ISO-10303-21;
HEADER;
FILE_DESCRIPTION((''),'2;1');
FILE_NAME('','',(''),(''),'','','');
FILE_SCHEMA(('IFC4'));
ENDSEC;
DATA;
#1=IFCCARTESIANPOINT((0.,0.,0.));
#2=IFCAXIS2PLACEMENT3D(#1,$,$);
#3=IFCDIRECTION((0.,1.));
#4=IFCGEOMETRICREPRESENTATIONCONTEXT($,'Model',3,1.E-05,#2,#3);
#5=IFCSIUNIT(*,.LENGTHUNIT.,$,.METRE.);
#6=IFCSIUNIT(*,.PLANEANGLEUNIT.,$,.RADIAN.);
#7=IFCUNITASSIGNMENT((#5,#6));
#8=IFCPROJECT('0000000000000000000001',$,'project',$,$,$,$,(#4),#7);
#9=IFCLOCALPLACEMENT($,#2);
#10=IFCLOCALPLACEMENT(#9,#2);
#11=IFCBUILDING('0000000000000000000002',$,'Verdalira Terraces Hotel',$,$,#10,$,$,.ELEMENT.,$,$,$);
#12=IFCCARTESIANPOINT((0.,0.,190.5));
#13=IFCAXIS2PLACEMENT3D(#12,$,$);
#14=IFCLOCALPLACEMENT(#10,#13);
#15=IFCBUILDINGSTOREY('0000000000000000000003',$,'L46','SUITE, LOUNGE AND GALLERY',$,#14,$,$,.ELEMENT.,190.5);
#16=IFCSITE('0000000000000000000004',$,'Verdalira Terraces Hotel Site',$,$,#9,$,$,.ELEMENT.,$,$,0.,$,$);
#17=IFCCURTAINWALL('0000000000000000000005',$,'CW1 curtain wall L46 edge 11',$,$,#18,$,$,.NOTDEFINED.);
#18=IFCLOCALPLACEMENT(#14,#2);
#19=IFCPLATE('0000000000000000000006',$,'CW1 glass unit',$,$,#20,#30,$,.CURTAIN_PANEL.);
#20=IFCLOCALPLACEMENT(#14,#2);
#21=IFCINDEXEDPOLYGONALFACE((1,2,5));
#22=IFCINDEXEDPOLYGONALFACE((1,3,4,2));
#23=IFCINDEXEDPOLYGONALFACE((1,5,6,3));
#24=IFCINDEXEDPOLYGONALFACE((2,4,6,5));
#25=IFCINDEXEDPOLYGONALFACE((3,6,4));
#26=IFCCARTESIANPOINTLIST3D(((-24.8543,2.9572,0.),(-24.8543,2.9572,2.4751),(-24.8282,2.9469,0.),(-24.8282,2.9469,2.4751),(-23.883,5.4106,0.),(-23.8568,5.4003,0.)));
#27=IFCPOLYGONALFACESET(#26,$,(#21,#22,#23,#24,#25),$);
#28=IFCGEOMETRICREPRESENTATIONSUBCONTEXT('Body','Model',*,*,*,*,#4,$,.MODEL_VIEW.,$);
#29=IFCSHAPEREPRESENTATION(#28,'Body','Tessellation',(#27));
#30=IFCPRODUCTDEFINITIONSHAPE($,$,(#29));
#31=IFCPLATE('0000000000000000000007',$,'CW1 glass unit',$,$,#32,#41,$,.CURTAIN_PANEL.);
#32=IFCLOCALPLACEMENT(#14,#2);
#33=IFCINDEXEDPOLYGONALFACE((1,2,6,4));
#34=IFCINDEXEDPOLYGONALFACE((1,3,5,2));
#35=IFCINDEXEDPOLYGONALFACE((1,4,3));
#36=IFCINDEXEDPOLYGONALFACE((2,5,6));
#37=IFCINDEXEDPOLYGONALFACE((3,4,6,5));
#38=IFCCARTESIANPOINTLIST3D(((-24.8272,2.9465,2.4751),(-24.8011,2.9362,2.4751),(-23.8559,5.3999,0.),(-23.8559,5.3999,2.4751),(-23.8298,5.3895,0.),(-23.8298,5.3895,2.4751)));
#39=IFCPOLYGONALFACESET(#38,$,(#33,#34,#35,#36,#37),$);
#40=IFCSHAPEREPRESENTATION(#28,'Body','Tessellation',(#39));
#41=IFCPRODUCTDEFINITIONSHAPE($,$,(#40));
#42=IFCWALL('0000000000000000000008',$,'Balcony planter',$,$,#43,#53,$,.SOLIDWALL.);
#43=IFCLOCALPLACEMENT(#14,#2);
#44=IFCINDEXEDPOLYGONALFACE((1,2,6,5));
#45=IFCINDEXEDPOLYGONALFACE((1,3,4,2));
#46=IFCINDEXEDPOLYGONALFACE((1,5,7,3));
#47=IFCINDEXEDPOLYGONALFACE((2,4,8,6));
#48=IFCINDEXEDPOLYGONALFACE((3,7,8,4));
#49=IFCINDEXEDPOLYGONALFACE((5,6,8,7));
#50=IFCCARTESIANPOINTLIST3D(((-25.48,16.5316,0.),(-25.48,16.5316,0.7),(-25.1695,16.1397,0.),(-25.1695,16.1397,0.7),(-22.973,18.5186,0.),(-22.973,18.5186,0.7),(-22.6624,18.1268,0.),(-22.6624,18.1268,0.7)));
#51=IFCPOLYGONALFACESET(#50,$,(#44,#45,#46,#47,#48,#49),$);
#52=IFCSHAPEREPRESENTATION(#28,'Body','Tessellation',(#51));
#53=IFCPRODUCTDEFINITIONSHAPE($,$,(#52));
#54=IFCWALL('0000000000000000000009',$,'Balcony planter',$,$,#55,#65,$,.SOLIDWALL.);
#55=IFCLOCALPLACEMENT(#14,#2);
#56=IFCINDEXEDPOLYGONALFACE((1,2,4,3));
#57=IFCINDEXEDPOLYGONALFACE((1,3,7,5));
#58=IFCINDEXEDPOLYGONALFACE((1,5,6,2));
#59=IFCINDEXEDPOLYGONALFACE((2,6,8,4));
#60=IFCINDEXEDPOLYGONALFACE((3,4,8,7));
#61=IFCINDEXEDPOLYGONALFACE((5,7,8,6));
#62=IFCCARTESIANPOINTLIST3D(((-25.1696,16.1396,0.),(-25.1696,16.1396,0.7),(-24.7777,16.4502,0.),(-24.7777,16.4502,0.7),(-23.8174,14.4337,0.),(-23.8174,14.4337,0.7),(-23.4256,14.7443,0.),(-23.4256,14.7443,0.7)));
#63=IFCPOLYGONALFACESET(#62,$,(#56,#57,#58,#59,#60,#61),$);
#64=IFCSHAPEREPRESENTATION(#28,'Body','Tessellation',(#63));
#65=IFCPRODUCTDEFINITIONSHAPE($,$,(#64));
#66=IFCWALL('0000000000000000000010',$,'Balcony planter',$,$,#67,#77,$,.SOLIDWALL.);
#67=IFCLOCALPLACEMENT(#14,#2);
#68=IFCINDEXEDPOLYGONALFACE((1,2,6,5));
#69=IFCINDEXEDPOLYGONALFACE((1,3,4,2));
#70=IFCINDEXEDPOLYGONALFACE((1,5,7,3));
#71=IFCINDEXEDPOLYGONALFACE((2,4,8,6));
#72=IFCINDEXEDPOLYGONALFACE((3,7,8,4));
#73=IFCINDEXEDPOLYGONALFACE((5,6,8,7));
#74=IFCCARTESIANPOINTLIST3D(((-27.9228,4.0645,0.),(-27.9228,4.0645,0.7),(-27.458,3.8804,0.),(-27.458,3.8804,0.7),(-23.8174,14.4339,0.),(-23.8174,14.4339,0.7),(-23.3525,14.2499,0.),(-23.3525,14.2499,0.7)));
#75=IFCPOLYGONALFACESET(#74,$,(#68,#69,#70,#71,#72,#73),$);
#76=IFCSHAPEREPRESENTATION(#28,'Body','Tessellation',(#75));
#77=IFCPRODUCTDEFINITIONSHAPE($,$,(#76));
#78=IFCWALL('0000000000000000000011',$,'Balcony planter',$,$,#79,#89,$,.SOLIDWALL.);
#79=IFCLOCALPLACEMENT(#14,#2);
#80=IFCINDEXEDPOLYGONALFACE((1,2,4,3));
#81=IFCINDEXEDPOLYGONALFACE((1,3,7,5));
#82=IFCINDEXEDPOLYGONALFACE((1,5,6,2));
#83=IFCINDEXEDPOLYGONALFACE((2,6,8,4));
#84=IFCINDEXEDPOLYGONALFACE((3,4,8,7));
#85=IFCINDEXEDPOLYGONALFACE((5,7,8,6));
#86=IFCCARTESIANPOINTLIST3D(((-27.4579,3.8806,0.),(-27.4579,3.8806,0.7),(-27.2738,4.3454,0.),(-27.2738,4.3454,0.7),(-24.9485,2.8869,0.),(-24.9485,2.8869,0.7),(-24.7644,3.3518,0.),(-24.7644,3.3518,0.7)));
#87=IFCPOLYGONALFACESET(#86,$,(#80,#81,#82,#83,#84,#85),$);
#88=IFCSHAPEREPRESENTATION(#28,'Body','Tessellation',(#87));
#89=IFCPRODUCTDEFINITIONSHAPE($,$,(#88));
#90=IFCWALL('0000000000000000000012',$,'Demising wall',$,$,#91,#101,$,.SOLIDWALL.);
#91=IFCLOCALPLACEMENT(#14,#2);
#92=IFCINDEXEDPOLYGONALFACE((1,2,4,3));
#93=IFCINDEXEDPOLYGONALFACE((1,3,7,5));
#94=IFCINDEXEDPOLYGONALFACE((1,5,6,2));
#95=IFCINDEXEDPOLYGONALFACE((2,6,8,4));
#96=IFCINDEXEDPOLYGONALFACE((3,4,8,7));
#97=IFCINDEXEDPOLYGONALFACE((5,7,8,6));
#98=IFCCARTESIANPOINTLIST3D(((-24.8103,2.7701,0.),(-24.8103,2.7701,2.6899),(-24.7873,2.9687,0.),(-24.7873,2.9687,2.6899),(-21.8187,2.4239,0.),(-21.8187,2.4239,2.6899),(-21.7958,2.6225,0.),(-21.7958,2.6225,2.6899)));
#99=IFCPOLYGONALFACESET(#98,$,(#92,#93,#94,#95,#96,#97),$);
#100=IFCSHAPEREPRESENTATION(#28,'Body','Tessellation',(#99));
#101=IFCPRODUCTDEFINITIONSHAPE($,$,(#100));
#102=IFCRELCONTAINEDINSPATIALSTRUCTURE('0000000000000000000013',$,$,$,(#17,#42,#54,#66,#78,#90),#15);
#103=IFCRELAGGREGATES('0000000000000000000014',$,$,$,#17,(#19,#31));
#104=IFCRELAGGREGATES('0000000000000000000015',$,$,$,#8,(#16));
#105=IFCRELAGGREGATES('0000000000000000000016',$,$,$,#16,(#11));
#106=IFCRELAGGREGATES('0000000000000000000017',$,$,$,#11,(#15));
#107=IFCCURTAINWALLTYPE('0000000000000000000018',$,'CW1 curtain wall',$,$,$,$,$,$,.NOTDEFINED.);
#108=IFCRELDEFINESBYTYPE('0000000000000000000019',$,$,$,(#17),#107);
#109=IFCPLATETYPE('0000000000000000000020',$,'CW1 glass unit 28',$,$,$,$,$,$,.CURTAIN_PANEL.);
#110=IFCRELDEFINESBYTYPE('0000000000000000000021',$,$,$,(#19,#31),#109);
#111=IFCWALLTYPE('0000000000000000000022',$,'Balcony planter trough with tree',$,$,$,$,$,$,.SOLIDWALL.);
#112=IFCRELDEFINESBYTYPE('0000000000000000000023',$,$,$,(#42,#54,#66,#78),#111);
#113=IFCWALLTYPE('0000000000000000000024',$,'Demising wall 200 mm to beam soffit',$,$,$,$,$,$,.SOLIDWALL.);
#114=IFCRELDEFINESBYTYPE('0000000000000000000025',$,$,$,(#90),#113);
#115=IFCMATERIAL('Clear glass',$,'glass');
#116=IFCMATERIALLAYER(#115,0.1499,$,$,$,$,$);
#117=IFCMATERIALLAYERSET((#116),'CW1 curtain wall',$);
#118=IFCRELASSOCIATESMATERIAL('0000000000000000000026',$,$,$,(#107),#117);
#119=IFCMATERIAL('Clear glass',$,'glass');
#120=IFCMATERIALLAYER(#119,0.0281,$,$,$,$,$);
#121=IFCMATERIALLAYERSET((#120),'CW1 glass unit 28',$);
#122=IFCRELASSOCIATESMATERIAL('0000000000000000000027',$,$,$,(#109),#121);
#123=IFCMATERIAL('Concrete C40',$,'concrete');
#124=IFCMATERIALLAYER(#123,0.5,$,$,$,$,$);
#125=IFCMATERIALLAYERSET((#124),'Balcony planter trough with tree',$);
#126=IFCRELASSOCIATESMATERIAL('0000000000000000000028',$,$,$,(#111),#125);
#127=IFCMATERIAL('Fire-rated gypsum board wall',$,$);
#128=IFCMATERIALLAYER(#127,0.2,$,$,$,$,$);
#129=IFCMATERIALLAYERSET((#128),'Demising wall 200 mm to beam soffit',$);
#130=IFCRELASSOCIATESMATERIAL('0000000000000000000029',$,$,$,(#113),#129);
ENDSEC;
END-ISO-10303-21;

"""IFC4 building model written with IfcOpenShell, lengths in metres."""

from ifc_helpers import new_model, si_unit, direction, frame, frame_2d, origin, place, context, subcontext, project, spatial, polyline, rectangle, outline, extrude, material, layer, layer_set, type_object, element, aggregate, save


model = new_model("IFC4")

# Units and contexts
model_context = context("Model", 3, precision=1e-05, world=origin(), true_north=direction((0.0, 1.0)))
body_context = subcontext(model_context, "Body", "Model", "MODEL_VIEW")
ifc_project = project(units=[si_unit("LENGTHUNIT", "METRE"), si_unit("PLANEANGLEUNIT", "RADIAN")], contexts=[model_context])

# Site, building, storey
site_placement = place(None, origin())
site = spatial("IfcSite", under=ifc_project, at=site_placement, Name="Verdalira Terraces Hotel Site", CompositionType="ELEMENT", RefElevation=0.0)
building_placement = place(site_placement, origin())
building = spatial("IfcBuilding", under=site, at=building_placement, Name="Verdalira Terraces Hotel", CompositionType="ELEMENT")
storey_placement = place(building_placement, frame((0.0, 0.0, 190.5)))
storey = spatial("IfcBuildingStorey", under=building, at=storey_placement, Name="L46", Description="SUITE, LOUNGE AND GALLERY", CompositionType="ELEMENT", Elevation=190.5)

# Curtain wall
ifc_material_1 = material(Name="Clear glass", Category="glass")
ifc_layer_1 = layer(ifc_material_1, 0.1499)
ifc_layer_set_1 = layer_set([ifc_layer_1], Name="CW1 curtain wall")
curtain_wall_type = type_object("IfcCurtainWallType", Name="CW1 curtain wall", PredefinedType="NOTDEFINED", material=ifc_layer_set_1)
curtain_wall_1_placement = place(storey_placement, origin())
curtain_wall_1 = element("IfcCurtainWall", 1, at=curtain_wall_1_placement, inside=storey, type_object=curtain_wall_type, Name="CW1 curtain wall L46 edge 11", PredefinedType="NOTDEFINED")

# Plates
ifc_material_2 = material(Name="Clear glass", Category="glass")
ifc_layer_2 = layer(ifc_material_2, 0.0281)
ifc_layer_set_2 = layer_set([ifc_layer_2], Name="CW1 glass unit 28")
plate_type = type_object("IfcPlateType", Name="CW1 glass unit 28", PredefinedType="CURTAIN_PANEL", material=ifc_layer_set_2)
plate_1_placement = place(storey_placement, frame((-24.3425, 4.1736, 1.2375), z_axis=(-0.929776, 0.368125, 0.0), x_axis=(-0.368125, -0.929776, 0.0)))
plate_1 = element("IfcPlate", 2, at=plate_1_placement, type_object=plate_type, Name="CW1 glass unit", PredefinedType="CURTAIN_PANEL", context=body_context, shape_type="SweptSolid", body=[
    extrude(outline(polyline([(-1.3193, -1.2375), (1.3193, -1.2375), (1.3193, 1.2375), (-1.3193, -1.2375)])), origin(), (0.0, 0.0, 1.0), 0.0281),
])
plate_2_placement = place(storey_placement, frame((-24.3154, 4.1628, 1.2375), z_axis=(-0.929776, 0.368125, 0.0), x_axis=(-0.368125, -0.929776, 0.0)))
plate_2 = element("IfcPlate", 3, at=plate_2_placement, type_object=plate_type, Name="CW1 glass unit", PredefinedType="CURTAIN_PANEL", context=body_context, shape_type="SweptSolid", body=[
    extrude(outline(polyline([(-1.3193, -1.2375), (1.3193, 1.2375), (-1.3193, 1.2375), (-1.3193, -1.2375)])), origin(), (0.0, 0.0, 1.0), 0.0281),
])
aggregate(curtain_wall_1, [plate_1, plate_2])

# Walls
ifc_material_3 = material(Name="Concrete C40", Category="concrete")
ifc_layer_3 = layer(ifc_material_3, 0.5)
ifc_layer_set_3 = layer_set([ifc_layer_3], Name="Balcony planter trough with tree")
wall_type_1 = type_object("IfcWallType", Name="Balcony planter trough with tree", PredefinedType="SOLIDWALL", material=ifc_layer_set_3)
wall_1_placement = place(storey_placement, frame((-22.8176, 18.3228, 0.0), z_axis=(0.0, 0.0, 1.0), x_axis=(-0.783698, -0.621143, 0.0)))
element("IfcWall", 4, at=wall_1_placement, inside=storey, type_object=wall_type_1, Name="Balcony planter", PredefinedType="SOLIDWALL", context=body_context, shape_type="SweptSolid", body=[
    extrude(rectangle(XDim=3.199, YDim=0.5, at=frame_2d((1.5996, 0.0))), origin(), (0.0, 0.0, 1.0), 0.7),
])
wall_2_placement = place(storey_placement, frame((-24.9736, 16.2949, 0.0), z_axis=(0.0, 0.0, 1.0), x_axis=(0.62116, -0.783684, 0.0)))
element("IfcWall", 5, at=wall_2_placement, inside=storey, type_object=wall_type_1, Name="Balcony planter", PredefinedType="SOLIDWALL", context=body_context, shape_type="SweptSolid", body=[
    extrude(rectangle(XDim=2.1768, YDim=0.5, at=frame_2d((1.0884, 0.0))), origin(), (0.0, 0.0, 1.0), 0.7),
])
wall_3_placement = place(storey_placement, frame((-23.585, 14.3418, 0.0), z_axis=(0.0, 0.0, 1.0), x_axis=(-0.36812, -0.929778, 0.0)))
element("IfcWall", 6, at=wall_3_placement, inside=storey, type_object=wall_type_1, Name="Balcony planter", PredefinedType="SOLIDWALL", context=body_context, shape_type="SweptSolid", body=[
    extrude(rectangle(XDim=11.1526, YDim=0.5, at=frame_2d((5.5762, 0.0))), origin(), (0.0, 0.0, 1.0), 0.7),
])
wall_4_placement = place(storey_placement, frame((-27.366, 4.113, 0.0), z_axis=(0.0, 0.0, 1.0), x_axis=(0.929769, -0.368145, 0.0)))
element("IfcWall", 7, at=wall_4_placement, inside=storey, type_object=wall_type_1, Name="Balcony planter", PredefinedType="SOLIDWALL", context=body_context, shape_type="SweptSolid", body=[
    extrude(rectangle(XDim=2.699, YDim=0.5, at=frame_2d((1.3496, 0.0))), origin(), (0.0, 0.0, 1.0), 0.7),
])
ifc_material_4 = material(Name="Fire-rated gypsum board wall")
ifc_layer_4 = layer(ifc_material_4, 0.2)
ifc_layer_set_4 = layer_set([ifc_layer_4], Name="Demising wall 200 mm to beam soffit")
wall_type_2 = type_object("IfcWallType", Name="Demising wall 200 mm to beam soffit", PredefinedType="SOLIDWALL", material=ifc_layer_set_4)
wall_5_placement = place(storey_placement, frame((-21.8071, 2.5232, 0.0), z_axis=(0.0, 0.0, 1.0), x_axis=(-0.99337, 0.11496, 0.0)))
element("IfcWall", 8, at=wall_5_placement, inside=storey, type_object=wall_type_2, Name="Demising wall", PredefinedType="SOLIDWALL", context=body_context, shape_type="SweptSolid", body=[
    extrude(rectangle(XDim=3.0115, YDim=0.2, at=frame_2d((1.5059, 0.0))), origin(), (0.0, 0.0, 1.0), 2.6899),
])

save(model, "model.ifc")
